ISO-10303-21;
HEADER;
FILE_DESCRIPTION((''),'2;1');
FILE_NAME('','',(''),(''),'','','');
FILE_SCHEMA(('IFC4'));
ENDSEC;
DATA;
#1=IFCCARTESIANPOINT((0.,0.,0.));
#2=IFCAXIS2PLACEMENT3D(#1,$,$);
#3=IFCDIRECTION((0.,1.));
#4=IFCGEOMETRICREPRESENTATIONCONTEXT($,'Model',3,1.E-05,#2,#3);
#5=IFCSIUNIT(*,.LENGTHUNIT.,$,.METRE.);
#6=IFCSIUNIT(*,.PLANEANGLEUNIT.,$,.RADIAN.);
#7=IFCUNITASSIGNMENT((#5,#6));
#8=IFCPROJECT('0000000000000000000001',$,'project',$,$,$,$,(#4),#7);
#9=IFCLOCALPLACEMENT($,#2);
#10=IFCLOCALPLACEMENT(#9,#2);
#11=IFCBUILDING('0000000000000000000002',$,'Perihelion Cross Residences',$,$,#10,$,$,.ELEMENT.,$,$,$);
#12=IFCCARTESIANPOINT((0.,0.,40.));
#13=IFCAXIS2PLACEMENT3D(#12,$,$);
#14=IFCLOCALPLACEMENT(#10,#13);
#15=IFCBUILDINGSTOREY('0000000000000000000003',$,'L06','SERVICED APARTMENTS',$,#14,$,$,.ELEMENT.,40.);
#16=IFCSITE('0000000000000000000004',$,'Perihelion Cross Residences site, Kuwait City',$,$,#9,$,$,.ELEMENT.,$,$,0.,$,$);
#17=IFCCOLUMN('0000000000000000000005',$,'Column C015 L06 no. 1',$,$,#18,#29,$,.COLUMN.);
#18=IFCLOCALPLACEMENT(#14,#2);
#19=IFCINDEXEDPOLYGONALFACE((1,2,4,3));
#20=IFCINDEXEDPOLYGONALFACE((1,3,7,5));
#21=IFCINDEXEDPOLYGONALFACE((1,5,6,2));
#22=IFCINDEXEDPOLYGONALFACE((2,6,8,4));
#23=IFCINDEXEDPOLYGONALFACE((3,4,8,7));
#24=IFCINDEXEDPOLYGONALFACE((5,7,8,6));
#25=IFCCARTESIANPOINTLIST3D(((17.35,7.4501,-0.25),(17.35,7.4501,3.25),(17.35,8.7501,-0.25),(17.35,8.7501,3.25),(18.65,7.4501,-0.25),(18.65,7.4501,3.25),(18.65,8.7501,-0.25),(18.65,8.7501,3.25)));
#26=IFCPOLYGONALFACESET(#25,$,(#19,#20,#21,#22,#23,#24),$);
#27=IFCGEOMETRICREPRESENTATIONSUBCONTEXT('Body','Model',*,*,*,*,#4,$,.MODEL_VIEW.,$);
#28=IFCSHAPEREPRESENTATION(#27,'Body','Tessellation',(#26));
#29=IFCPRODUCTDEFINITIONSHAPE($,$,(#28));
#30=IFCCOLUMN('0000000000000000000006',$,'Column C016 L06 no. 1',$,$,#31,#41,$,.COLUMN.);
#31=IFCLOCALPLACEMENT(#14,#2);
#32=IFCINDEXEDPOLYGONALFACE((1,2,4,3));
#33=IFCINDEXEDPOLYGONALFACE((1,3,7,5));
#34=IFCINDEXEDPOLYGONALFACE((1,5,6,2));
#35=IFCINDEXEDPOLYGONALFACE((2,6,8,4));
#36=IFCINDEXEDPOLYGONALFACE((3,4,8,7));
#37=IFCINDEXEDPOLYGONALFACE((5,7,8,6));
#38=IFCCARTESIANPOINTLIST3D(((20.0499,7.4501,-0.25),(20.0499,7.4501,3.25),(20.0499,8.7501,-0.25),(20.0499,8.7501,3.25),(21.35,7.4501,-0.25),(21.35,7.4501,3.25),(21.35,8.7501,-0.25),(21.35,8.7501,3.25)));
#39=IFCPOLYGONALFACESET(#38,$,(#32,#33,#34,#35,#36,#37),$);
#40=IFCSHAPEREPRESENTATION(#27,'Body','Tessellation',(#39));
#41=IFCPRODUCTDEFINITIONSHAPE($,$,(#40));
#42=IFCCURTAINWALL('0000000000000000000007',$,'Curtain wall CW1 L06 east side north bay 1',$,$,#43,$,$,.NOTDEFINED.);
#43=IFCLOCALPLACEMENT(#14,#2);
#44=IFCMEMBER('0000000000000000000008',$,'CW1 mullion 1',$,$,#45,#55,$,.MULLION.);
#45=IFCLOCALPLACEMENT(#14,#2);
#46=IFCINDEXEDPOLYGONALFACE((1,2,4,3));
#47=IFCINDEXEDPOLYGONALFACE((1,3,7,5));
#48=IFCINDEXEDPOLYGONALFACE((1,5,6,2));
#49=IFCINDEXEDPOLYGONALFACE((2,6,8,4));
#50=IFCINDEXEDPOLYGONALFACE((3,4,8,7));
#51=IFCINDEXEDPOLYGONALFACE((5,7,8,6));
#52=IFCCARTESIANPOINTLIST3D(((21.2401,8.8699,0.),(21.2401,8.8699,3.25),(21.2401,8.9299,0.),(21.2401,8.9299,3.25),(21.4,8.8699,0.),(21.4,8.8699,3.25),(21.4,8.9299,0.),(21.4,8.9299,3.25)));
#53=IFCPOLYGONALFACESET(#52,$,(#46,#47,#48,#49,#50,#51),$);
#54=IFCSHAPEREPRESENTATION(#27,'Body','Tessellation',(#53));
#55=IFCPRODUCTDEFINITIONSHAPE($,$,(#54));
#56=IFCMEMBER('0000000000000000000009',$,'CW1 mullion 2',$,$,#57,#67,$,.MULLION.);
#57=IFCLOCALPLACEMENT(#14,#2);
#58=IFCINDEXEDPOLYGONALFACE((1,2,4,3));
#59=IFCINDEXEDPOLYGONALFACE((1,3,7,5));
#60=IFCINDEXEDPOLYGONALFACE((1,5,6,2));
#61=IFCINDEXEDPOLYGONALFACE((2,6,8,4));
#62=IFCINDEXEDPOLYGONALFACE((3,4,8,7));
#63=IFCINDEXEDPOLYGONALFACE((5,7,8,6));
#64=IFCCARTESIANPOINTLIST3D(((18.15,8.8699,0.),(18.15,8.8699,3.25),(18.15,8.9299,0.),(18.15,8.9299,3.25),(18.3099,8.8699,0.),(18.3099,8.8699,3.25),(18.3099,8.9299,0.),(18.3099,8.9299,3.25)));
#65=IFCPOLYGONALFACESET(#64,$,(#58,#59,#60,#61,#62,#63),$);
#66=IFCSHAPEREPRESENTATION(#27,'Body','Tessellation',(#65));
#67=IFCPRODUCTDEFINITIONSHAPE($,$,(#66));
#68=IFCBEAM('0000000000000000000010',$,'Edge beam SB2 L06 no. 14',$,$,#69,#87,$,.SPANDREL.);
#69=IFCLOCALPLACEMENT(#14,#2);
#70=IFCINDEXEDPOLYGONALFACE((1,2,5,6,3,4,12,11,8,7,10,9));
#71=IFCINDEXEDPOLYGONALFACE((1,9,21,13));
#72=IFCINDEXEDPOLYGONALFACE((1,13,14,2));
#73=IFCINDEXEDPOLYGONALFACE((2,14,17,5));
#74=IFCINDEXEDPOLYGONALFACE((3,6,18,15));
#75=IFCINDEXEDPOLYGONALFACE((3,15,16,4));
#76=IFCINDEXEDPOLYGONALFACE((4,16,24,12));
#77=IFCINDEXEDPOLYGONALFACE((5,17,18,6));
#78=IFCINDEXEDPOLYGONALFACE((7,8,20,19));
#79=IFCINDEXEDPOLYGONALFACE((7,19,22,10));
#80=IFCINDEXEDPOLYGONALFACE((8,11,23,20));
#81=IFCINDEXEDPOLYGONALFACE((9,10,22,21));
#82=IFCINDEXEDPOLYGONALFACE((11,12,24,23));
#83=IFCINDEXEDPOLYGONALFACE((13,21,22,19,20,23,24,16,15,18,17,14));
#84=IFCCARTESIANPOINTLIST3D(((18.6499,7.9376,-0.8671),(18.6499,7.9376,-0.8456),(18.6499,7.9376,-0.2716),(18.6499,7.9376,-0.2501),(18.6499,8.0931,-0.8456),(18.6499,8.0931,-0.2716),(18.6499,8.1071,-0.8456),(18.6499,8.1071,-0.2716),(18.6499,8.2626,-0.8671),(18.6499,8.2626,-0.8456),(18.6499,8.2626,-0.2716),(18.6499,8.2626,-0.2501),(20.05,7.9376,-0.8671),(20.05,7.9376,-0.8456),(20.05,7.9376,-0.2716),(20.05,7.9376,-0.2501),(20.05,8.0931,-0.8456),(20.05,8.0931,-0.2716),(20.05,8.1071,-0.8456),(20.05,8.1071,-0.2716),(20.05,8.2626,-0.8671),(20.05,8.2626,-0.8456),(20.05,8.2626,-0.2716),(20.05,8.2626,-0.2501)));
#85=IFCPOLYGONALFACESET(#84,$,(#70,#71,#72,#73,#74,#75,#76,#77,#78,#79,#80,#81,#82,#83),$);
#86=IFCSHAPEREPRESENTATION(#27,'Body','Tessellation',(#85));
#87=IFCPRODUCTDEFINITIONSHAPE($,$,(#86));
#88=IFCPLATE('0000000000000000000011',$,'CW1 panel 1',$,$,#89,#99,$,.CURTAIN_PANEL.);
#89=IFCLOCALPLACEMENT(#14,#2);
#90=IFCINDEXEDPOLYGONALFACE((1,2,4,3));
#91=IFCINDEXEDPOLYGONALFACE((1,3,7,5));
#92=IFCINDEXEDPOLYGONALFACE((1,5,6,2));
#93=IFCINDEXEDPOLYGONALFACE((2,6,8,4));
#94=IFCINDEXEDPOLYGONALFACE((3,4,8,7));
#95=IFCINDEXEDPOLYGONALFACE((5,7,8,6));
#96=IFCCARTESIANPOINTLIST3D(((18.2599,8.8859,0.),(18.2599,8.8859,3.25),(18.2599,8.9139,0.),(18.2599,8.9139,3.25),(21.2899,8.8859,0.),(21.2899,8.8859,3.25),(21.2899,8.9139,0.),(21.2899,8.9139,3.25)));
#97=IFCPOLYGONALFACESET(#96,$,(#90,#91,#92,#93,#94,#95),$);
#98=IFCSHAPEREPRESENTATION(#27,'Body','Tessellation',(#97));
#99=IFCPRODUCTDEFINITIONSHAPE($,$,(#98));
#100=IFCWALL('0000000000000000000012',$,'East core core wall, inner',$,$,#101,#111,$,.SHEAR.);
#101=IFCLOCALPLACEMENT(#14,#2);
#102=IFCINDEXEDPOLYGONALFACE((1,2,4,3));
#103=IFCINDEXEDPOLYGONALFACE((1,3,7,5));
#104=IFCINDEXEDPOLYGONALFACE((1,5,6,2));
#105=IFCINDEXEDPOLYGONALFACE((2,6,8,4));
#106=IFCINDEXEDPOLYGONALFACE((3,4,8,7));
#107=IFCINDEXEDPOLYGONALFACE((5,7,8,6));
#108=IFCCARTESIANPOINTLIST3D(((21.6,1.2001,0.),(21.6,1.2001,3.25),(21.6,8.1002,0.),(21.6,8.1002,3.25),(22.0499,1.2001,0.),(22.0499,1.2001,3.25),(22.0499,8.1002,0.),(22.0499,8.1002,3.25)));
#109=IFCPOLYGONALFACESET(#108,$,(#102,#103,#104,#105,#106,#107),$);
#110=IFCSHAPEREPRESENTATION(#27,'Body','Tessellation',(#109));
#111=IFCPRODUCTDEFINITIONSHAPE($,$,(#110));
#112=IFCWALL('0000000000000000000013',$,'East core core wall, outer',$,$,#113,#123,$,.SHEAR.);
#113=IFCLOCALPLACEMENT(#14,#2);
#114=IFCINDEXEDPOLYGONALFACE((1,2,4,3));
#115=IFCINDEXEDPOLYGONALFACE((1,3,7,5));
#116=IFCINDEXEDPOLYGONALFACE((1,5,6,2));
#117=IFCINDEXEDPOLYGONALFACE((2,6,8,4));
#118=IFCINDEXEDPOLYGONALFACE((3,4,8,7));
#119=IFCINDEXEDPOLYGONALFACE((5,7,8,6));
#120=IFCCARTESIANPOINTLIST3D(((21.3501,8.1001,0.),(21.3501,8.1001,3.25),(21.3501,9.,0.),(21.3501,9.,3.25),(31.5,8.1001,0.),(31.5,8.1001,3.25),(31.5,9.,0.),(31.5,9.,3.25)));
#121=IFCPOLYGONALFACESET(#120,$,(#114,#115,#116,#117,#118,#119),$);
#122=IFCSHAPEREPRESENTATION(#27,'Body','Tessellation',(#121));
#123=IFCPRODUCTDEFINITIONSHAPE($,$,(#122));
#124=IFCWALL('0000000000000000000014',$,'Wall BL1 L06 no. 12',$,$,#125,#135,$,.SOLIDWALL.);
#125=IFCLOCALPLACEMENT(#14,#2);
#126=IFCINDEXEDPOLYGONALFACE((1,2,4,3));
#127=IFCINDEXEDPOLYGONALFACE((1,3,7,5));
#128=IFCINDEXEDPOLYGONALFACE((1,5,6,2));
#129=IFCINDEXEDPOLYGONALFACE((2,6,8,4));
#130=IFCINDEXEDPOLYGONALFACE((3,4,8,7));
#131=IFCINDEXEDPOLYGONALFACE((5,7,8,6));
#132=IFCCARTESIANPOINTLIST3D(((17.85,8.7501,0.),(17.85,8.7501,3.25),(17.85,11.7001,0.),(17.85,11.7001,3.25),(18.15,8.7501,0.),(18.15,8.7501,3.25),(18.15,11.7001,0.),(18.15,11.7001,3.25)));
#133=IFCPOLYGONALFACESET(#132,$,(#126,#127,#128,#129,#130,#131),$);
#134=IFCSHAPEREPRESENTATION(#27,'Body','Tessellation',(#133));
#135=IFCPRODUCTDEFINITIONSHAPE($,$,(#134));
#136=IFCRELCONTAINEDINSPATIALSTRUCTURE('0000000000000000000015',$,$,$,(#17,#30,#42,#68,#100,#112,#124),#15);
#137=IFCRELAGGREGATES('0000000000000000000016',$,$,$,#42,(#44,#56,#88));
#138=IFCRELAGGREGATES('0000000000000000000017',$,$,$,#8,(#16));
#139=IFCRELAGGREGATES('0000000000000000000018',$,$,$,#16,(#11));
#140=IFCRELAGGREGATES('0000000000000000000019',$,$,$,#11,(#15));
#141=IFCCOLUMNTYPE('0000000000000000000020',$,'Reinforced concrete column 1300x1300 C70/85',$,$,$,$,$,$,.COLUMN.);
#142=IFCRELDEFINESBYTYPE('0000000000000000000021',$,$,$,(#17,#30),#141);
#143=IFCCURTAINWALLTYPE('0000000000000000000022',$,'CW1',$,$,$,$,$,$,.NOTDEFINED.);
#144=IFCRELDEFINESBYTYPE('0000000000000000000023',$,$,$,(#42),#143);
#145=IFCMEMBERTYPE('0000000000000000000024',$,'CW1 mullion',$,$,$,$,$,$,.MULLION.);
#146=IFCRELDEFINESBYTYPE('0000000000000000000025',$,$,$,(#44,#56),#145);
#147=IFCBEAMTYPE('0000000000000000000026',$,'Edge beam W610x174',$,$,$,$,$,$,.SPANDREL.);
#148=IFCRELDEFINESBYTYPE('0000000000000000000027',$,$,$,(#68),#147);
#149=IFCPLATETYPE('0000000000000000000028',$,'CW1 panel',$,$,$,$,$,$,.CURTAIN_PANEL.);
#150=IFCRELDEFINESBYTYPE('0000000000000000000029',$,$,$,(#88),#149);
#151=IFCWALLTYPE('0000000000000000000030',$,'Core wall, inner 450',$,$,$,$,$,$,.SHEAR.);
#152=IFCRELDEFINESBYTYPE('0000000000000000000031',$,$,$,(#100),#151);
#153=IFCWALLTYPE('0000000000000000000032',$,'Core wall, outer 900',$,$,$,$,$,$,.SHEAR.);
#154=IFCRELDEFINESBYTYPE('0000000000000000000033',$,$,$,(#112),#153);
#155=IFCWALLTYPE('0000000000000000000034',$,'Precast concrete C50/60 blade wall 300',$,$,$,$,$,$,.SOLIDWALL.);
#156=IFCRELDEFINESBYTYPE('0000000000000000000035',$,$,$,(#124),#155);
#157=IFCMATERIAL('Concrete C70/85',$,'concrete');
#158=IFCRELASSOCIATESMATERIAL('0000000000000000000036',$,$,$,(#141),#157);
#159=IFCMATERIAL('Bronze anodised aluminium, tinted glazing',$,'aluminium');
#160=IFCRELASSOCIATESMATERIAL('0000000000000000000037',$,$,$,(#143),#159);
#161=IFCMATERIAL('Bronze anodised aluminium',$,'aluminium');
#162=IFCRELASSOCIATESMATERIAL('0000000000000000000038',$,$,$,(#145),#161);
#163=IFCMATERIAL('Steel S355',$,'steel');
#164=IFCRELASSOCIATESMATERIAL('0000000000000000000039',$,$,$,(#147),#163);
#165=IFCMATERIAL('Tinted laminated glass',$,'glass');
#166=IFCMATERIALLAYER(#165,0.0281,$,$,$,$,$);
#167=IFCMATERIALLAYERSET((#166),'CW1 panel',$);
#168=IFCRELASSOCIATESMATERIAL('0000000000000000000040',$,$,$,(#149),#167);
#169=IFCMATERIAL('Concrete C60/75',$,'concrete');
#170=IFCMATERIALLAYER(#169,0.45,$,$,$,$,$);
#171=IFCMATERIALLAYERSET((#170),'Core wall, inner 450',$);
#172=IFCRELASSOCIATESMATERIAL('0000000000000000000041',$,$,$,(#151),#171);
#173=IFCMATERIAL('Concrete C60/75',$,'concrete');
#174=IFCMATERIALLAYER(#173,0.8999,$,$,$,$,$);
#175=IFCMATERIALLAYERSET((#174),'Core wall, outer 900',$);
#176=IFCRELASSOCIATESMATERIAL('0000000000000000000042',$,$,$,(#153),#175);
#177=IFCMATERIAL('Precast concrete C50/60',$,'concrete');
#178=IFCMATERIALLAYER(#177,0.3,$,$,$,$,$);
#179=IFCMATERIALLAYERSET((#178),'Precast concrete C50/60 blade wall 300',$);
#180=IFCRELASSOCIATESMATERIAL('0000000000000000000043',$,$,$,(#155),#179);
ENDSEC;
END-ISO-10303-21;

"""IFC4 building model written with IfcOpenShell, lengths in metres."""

from ifc_helpers import new_model, si_unit, direction, frame, frame_2d, origin, origin_2d, place, context, subcontext, project, spatial, rectangle, i_section, extrude, material, layer, layer_set, material_profile, profile_set, type_object, element, aggregate, save


model = new_model("IFC4")

# Units and contexts
model_context = context("Model", 3, precision=1e-05, world=origin(), true_north=direction((0.0, 1.0)))
body_context = subcontext(model_context, "Body", "Model", "MODEL_VIEW")
ifc_project = project(units=[si_unit("LENGTHUNIT", "METRE"), si_unit("PLANEANGLEUNIT", "RADIAN")], contexts=[model_context])

# Site, building, storey
site_placement = place(None, origin())
site = spatial("IfcSite", under=ifc_project, at=site_placement, Name="Perihelion Cross Residences site, Kuwait City", CompositionType="ELEMENT", RefElevation=0.0)
building_placement = place(site_placement, origin())
building = spatial("IfcBuilding", under=site, at=building_placement, Name="Perihelion Cross Residences", CompositionType="ELEMENT")
storey_placement = place(building_placement, frame((0.0, 0.0, 40.0)))
storey = spatial("IfcBuildingStorey", under=building, at=storey_placement, Name="L06", Description="SERVICED APARTMENTS", CompositionType="ELEMENT", Elevation=40.0)

# Columns
ifc_material_1 = material(Name="Concrete C70/85", Category="concrete")
ifc_material_profile_1 = material_profile(ifc_material_1, rectangle(XDim=1.3, YDim=1.3, at=origin_2d()), Name="RC 1300x1300")
ifc_profile_set_1 = profile_set([ifc_material_profile_1], Name="Concrete C70/85")
column_type = type_object("IfcColumnType", Name="Reinforced concrete column 1300x1300 C70/85", PredefinedType="COLUMN", material=ifc_profile_set_1)
for number, where, z_axis, x_axis, name in (
    (1, (18.0, 8.1001, -0.25), (0.0, 0.0, 1.0), (1.0, 0.0, 0.0), "Column C015 L06 no. 1"),
    (2, (20.7, 8.1001, -0.25), (0.0, 0.0, 1.0), (1.0, 0.0, 0.0), "Column C016 L06 no. 1"),
):
    element("IfcColumn", number, at=place(storey_placement, frame(where, z_axis=z_axis, x_axis=x_axis)), inside=storey, type_object=column_type, Name=name, PredefinedType="COLUMN", context=body_context, shape_type="SweptSolid", body=[
        extrude(rectangle(XDim=1.3, YDim=1.3, at=origin_2d()), origin(), (0.0, 0.0, 1.0), 3.5),
    ])

# Curtain wall, members
ifc_material_2 = material(Name="Bronze anodised aluminium, tinted glazing", Category="aluminium")
curtain_wall_type = type_object("IfcCurtainWallType", Name="CW1", PredefinedType="NOTDEFINED", material=ifc_material_2)
curtain_wall_placement = place(storey_placement, origin())
curtain_wall = element("IfcCurtainWall", 3, at=curtain_wall_placement, inside=storey, type_object=curtain_wall_type, Name="Curtain wall CW1 L06 east side north bay 1", PredefinedType="NOTDEFINED")
ifc_material_3 = material(Name="Bronze anodised aluminium", Category="aluminium")
ifc_material_profile_2 = material_profile(ifc_material_3, rectangle(XDim=0.0601, YDim=0.1599, at=origin_2d()), Name="CW1 mullion")
ifc_profile_set_2 = profile_set([ifc_material_profile_2], Name="Bronze anodised aluminium")
member_type = type_object("IfcMemberType", Name="CW1 mullion", PredefinedType="MULLION", material=ifc_profile_set_2)
member_1_placement = place(storey_placement, frame((21.3201, 8.8999, 0.0), z_axis=(0.0, 0.0, 1.0), x_axis=(0.0, -1.0, 0.0)))
member_1 = element("IfcMember", 4, at=member_1_placement, type_object=member_type, Name="CW1 mullion 1", PredefinedType="MULLION", context=body_context, shape_type="SweptSolid", body=[
    extrude(rectangle(XDim=0.0601, YDim=0.1599, at=origin_2d()), origin(), (0.0, 0.0, 1.0), 3.25),
])
member_2_placement = place(storey_placement, frame((18.23, 8.8999, 0.0), z_axis=(0.0, 0.0, 1.0), x_axis=(0.0, -1.0, 0.0)))
member_2 = element("IfcMember", 5, at=member_2_placement, type_object=member_type, Name="CW1 mullion 2", PredefinedType="MULLION", context=body_context, shape_type="SweptSolid", body=[
    extrude(rectangle(XDim=0.0601, YDim=0.1599, at=origin_2d()), origin(), (0.0, 0.0, 1.0), 3.25),
])

# Beam
ifc_material_4 = material(Name="Steel S355", Category="steel")
ifc_material_profile_3 = material_profile(ifc_material_4, i_section(OverallWidth=0.325, OverallDepth=0.6169, WebThickness=0.0139, FlangeThickness=0.0215, at=origin_2d()), Name="W610x174")
ifc_profile_set_3 = profile_set([ifc_material_profile_3], Name="Steel S355")
beam_type = type_object("IfcBeamType", Name="Edge beam W610x174", PredefinedType="SPANDREL", material=ifc_profile_set_3)
beam_placement = place(storey_placement, frame((20.05, 8.1001, -0.5586), z_axis=(-1.0, 0.0, 0.0), x_axis=(0.0, -1.0, 0.0)))
element("IfcBeam", 6, at=beam_placement, inside=storey, type_object=beam_type, Name="Edge beam SB2 L06 no. 14", PredefinedType="SPANDREL", context=body_context, shape_type="SweptSolid", body=[
    extrude(i_section(OverallWidth=0.325, OverallDepth=0.6169, WebThickness=0.0139, FlangeThickness=0.0215, at=origin_2d()), origin(), (0.0, 0.0, 1.0), 1.4001),
])

# Plate
ifc_material_5 = material(Name="Tinted laminated glass", Category="glass")
ifc_layer_1 = layer(ifc_material_5, 0.0281)
ifc_layer_set_1 = layer_set([ifc_layer_1], Name="CW1 panel")
plate_type = type_object("IfcPlateType", Name="CW1 panel", PredefinedType="CURTAIN_PANEL", material=ifc_layer_set_1)
plate_placement = place(storey_placement, frame((19.7749, 8.8999, 0.0), z_axis=(0.0, 0.0, 1.0), x_axis=(-1.0, 0.0, 0.0)))
plate = element("IfcPlate", 7, at=plate_placement, type_object=plate_type, Name="CW1 panel 1", PredefinedType="CURTAIN_PANEL", context=body_context, shape_type="SweptSolid", body=[
    extrude(rectangle(XDim=3.03, YDim=0.0281, at=origin_2d()), origin(), (0.0, 0.0, 1.0), 3.25),
])
aggregate(curtain_wall, [member_1, member_2, plate])

# Walls
ifc_material_6 = material(Name="Concrete C60/75", Category="concrete")
ifc_layer_2 = layer(ifc_material_6, 0.45)
ifc_layer_set_2 = layer_set([ifc_layer_2], Name="Core wall, inner 450")
wall_type_1 = type_object("IfcWallType", Name="Core wall, inner 450", PredefinedType="SHEAR", material=ifc_layer_set_2)
wall_1_placement = place(storey_placement, frame((21.825, 1.2, 0.0), z_axis=(0.0, 0.0, 1.0), x_axis=(0.0, 1.0, 0.0)))
element("IfcWall", 8, at=wall_1_placement, inside=storey, type_object=wall_type_1, Name="East core core wall, inner", PredefinedType="SHEAR", context=body_context, shape_type="SweptSolid", body=[
    extrude(rectangle(XDim=6.9001, YDim=0.45, at=frame_2d((3.4502, 0.0))), origin(), (0.0, 0.0, 1.0), 3.25),
])
ifc_material_7 = material(Name="Concrete C60/75", Category="concrete")
ifc_layer_3 = layer(ifc_material_7, 0.8999)
ifc_layer_set_3 = layer_set([ifc_layer_3], Name="Core wall, outer 900")
wall_type_2 = type_object("IfcWallType", Name="Core wall, outer 900", PredefinedType="SHEAR", material=ifc_layer_set_3)
wall_2_placement = place(storey_placement, frame((21.3501, 8.55, 0.0), z_axis=(0.0, 0.0, 1.0), x_axis=(1.0, 0.0, 0.0)))
element("IfcWall", 9, at=wall_2_placement, inside=storey, type_object=wall_type_2, Name="East core core wall, outer", PredefinedType="SHEAR", context=body_context, shape_type="SweptSolid", body=[
    extrude(rectangle(XDim=10.1499, YDim=0.8999, at=frame_2d((5.075, 0.0))), origin(), (0.0, 0.0, 1.0), 3.25),
])
ifc_material_8 = material(Name="Precast concrete C50/60", Category="concrete")
ifc_layer_4 = layer(ifc_material_8, 0.3)
ifc_layer_set_4 = layer_set([ifc_layer_4], Name="Precast concrete C50/60 blade wall 300")
wall_type_3 = type_object("IfcWallType", Name="Precast concrete C50/60 blade wall 300", PredefinedType="SOLIDWALL", material=ifc_layer_set_4)
wall_3_placement = place(storey_placement, frame((18.0, 8.75, 0.0), z_axis=(0.0, 0.0, 1.0), x_axis=(0.0, 1.0, 0.0)))
element("IfcWall", 10, at=wall_3_placement, inside=storey, type_object=wall_type_3, Name="Wall BL1 L06 no. 12", PredefinedType="SOLIDWALL", context=body_context, shape_type="SweptSolid", body=[
    extrude(rectangle(XDim=2.95, YDim=0.3, at=frame_2d((1.4751, 0.0))), origin(), (0.0, 0.0, 1.0), 3.25),
])

save(model, "model.ifc")
